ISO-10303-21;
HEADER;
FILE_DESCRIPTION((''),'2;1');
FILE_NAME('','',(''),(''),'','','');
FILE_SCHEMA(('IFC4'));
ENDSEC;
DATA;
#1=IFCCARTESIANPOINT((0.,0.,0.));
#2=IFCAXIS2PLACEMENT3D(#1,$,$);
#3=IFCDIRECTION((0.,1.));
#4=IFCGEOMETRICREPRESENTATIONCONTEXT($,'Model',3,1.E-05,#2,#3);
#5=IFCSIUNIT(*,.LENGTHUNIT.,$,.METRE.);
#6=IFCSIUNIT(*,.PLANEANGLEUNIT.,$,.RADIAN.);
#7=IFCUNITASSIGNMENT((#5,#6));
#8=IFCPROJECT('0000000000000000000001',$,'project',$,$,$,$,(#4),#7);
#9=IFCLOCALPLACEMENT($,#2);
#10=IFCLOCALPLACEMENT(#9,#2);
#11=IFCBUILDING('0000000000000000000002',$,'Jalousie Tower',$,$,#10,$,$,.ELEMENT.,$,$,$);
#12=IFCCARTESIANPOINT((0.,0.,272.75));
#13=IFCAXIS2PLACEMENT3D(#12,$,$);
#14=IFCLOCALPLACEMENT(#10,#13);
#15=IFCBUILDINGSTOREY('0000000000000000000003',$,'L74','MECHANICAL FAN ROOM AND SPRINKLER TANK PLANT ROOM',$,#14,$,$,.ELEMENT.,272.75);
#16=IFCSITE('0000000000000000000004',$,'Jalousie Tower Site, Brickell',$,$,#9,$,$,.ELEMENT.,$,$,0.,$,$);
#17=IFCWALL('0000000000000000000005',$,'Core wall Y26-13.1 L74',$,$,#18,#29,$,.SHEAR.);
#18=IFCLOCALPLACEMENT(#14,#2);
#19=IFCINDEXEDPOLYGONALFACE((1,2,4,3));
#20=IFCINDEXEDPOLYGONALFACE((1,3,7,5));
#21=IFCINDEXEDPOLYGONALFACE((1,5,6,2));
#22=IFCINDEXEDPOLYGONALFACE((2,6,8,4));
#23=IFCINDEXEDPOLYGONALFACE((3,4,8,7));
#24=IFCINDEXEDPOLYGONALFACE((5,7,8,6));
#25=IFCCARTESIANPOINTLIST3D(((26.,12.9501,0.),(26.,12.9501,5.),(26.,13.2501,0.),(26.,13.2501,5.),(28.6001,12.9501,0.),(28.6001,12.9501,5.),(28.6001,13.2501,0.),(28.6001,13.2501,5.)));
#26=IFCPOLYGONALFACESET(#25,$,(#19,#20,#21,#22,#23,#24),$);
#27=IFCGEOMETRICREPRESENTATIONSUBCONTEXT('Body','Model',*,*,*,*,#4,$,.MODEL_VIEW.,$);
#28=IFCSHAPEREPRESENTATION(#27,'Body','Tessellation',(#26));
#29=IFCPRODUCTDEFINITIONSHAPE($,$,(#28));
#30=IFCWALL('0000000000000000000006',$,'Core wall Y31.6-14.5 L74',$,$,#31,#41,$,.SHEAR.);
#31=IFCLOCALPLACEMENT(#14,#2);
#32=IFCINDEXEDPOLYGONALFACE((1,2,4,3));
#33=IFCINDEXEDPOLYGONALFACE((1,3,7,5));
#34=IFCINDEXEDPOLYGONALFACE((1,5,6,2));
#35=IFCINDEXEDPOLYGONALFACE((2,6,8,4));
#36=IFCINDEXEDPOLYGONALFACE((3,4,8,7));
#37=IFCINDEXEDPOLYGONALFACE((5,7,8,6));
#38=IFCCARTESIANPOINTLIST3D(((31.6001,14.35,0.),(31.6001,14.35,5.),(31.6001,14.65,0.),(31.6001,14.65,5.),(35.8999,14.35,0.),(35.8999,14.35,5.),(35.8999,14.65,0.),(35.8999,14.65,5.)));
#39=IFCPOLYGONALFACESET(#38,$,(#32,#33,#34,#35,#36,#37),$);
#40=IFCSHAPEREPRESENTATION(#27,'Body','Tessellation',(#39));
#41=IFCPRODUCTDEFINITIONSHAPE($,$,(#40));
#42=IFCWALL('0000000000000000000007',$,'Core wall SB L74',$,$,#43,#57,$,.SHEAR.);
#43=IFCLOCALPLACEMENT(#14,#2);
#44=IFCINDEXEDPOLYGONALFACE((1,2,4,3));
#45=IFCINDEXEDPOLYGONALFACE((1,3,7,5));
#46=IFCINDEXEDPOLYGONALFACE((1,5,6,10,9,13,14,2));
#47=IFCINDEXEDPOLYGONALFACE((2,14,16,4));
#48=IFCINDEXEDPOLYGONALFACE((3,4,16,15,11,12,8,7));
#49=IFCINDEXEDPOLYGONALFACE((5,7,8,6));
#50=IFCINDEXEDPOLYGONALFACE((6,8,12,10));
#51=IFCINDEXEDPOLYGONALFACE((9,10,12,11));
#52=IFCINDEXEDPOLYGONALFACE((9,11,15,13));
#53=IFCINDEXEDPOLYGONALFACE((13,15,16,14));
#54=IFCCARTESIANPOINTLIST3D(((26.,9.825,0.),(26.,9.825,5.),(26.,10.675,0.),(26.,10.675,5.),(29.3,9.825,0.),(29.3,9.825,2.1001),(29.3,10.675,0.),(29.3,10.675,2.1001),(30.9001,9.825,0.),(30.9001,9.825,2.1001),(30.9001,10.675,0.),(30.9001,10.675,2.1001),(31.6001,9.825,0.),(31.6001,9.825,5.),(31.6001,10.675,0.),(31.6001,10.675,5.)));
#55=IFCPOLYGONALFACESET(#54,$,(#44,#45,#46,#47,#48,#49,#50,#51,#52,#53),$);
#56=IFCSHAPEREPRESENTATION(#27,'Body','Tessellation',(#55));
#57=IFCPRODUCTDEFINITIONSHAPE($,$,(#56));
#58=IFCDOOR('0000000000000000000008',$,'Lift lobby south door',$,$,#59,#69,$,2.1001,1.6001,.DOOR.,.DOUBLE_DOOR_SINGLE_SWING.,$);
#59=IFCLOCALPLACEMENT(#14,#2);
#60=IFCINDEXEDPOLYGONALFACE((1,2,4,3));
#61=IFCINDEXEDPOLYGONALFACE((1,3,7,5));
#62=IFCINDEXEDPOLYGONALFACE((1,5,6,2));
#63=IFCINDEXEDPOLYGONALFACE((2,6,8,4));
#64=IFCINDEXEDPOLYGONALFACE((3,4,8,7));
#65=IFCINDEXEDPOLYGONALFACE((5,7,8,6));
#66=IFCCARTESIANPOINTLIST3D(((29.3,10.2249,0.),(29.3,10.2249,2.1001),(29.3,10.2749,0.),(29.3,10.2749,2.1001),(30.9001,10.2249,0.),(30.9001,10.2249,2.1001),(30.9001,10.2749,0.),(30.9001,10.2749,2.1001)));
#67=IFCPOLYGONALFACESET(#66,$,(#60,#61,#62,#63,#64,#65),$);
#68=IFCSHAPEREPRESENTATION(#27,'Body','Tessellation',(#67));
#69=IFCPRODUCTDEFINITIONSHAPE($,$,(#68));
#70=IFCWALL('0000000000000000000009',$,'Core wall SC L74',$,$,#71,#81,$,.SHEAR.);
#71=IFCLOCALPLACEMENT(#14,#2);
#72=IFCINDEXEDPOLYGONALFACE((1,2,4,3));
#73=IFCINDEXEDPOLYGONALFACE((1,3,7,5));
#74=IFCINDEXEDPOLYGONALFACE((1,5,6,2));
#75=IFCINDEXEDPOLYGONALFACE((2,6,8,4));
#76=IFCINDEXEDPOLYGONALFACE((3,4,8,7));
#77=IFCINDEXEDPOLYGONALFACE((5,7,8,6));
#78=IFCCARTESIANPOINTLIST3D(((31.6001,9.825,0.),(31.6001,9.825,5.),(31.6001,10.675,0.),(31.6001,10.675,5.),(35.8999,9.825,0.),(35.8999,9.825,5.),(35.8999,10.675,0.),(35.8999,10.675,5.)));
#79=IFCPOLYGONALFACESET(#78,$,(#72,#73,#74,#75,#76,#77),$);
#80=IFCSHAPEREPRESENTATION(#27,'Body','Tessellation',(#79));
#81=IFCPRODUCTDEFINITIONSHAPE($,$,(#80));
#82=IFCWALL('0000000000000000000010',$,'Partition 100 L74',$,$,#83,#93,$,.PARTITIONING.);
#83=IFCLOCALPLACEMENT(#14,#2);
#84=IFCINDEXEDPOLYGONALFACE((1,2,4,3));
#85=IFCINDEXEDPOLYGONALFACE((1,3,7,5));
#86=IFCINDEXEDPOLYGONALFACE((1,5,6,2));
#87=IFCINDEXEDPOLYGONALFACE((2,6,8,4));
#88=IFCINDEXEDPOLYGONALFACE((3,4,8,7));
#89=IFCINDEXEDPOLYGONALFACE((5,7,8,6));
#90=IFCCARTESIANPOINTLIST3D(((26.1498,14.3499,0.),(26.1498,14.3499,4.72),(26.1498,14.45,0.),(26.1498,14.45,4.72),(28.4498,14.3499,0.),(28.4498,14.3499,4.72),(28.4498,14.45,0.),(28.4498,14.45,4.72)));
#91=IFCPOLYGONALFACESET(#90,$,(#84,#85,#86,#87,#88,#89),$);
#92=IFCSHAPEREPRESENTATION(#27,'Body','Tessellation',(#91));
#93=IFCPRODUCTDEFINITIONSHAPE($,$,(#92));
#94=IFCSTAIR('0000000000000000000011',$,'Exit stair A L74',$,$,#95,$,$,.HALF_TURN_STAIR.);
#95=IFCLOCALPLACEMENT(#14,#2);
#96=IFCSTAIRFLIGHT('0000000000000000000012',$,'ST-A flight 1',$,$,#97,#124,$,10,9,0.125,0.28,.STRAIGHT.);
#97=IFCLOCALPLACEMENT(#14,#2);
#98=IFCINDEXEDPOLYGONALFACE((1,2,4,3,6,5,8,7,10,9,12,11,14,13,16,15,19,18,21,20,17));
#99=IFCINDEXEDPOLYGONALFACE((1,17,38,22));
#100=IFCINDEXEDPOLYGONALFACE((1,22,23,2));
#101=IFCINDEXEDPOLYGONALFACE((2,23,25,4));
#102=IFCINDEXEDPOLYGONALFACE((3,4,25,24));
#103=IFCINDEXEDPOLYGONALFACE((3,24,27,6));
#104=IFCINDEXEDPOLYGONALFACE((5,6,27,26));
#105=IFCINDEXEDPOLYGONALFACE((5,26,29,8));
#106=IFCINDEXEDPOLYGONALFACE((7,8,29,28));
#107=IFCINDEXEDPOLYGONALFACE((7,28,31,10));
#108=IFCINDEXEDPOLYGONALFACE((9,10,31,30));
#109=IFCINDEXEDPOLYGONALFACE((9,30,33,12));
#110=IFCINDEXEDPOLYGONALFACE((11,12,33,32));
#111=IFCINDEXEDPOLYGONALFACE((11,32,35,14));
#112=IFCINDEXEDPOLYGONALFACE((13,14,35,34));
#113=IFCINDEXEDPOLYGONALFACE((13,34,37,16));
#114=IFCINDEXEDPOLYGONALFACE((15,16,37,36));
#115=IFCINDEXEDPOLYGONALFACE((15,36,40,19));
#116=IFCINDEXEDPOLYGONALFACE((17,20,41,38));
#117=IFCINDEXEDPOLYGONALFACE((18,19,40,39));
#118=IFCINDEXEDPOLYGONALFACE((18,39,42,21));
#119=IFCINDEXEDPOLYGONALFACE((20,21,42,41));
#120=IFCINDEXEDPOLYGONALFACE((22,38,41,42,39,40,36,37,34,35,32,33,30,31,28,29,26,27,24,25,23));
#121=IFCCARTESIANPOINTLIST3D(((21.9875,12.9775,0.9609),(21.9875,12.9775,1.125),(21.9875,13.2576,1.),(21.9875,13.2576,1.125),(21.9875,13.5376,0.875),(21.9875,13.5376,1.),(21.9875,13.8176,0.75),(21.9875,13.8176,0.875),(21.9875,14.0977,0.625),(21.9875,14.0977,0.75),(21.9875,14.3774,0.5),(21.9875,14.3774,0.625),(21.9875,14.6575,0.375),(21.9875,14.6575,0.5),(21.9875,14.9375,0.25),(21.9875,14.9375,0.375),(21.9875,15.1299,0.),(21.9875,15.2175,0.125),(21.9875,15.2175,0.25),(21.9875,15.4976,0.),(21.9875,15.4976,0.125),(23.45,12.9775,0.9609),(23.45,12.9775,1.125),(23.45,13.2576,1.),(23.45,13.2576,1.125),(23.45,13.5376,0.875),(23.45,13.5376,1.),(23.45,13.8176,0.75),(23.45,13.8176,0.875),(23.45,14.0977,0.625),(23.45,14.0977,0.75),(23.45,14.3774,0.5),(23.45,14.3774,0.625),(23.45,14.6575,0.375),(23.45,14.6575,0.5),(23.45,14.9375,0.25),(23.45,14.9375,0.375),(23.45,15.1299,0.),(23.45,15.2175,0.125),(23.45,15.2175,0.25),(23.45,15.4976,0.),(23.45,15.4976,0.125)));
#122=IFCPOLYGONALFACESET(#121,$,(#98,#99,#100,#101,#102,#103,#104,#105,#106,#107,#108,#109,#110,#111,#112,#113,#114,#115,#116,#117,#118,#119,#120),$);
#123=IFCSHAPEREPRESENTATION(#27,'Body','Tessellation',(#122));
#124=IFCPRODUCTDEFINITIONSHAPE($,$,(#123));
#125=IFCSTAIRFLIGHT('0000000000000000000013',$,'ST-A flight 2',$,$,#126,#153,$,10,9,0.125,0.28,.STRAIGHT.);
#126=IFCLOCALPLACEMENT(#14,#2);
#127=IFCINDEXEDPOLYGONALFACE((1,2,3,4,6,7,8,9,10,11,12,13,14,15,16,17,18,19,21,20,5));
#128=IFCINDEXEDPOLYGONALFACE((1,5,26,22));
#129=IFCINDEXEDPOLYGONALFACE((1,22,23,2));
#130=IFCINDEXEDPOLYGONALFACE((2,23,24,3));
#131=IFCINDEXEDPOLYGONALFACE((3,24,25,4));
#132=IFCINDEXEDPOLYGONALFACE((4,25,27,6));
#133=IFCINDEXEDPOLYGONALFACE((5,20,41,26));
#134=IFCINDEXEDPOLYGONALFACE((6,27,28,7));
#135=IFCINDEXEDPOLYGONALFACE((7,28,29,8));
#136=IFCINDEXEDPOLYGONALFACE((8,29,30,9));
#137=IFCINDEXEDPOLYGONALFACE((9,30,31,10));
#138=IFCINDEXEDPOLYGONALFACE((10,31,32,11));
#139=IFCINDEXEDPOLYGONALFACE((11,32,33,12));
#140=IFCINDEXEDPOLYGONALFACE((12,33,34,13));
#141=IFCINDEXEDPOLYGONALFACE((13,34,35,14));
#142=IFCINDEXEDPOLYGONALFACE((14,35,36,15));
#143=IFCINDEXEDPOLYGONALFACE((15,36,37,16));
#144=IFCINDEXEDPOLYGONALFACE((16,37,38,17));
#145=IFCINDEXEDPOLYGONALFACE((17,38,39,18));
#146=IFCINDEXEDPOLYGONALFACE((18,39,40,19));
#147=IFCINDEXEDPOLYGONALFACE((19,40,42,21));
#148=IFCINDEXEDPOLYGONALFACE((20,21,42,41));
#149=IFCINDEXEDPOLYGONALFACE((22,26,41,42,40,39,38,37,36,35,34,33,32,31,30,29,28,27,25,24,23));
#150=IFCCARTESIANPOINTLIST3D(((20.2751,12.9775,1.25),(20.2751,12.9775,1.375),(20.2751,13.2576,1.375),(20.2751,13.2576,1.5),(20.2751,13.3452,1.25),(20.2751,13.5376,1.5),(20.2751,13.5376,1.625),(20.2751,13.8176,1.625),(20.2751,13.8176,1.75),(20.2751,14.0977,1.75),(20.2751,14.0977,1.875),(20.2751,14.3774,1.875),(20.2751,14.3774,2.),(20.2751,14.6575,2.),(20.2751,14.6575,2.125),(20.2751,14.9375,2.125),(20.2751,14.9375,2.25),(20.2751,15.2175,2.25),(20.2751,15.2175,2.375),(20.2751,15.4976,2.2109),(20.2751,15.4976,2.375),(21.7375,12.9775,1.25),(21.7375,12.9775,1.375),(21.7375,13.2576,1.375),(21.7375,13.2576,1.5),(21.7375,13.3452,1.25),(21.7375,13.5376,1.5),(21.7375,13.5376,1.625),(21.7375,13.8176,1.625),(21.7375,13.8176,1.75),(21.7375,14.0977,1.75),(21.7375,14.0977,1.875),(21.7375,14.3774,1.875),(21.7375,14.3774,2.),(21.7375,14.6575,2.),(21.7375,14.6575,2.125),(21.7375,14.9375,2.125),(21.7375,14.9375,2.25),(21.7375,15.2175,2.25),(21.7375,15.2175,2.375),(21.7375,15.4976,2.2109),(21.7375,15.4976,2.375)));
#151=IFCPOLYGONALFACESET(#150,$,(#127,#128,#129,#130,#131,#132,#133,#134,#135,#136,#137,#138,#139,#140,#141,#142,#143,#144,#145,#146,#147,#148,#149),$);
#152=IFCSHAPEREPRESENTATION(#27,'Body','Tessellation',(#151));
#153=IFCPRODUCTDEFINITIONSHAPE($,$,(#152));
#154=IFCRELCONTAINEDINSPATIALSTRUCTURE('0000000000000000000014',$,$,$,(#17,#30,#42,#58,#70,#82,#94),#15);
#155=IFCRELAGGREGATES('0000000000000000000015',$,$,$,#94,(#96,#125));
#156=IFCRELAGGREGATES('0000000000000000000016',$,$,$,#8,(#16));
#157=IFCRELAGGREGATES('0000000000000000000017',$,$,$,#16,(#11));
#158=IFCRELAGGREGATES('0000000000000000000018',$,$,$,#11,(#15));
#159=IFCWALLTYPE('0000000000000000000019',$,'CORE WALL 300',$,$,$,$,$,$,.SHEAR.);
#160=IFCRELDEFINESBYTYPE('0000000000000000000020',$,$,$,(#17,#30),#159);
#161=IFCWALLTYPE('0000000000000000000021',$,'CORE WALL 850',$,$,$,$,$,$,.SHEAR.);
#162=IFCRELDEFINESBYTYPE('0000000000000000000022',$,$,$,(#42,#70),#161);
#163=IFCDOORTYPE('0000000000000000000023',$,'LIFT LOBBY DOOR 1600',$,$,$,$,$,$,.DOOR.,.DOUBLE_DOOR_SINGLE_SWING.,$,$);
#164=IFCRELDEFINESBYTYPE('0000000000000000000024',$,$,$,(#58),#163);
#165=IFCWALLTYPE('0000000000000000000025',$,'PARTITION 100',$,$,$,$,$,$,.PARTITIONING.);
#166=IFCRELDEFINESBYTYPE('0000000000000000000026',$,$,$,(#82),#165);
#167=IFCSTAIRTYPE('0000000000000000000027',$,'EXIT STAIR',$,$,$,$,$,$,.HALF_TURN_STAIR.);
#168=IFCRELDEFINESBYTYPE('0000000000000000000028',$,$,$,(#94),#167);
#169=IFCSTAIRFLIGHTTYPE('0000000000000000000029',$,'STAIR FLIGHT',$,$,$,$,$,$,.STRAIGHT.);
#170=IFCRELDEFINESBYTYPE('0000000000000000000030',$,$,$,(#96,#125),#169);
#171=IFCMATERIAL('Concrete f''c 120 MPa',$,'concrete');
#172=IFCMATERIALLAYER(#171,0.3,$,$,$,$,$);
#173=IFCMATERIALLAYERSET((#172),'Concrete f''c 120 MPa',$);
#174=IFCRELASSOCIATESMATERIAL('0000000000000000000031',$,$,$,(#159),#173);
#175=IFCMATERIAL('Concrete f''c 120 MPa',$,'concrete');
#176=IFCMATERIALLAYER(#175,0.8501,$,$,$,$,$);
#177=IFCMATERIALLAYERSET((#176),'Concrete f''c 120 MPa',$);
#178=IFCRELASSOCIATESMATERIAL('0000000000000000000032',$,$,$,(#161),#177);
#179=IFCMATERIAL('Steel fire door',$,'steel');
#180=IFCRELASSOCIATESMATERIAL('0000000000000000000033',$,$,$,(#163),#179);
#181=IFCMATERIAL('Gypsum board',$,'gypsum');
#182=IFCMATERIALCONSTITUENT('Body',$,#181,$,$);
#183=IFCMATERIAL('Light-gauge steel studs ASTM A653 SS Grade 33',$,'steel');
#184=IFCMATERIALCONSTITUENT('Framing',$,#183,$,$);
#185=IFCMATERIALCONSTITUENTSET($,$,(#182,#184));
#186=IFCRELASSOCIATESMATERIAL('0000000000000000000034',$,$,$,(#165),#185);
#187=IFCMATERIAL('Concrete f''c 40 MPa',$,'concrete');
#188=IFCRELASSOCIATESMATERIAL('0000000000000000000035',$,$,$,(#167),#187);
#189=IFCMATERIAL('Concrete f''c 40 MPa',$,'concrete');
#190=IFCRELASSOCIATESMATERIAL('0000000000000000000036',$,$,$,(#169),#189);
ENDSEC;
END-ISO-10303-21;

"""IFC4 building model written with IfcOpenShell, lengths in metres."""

from ifc_helpers import new_model, si_unit, direction, frame, frame_2d, origin, place, context, subcontext, project, spatial, polyline, rectangle, outline, extrude, material, layer, layer_set, constituent, constituent_set, type_object, element, fill, aggregate, save


model = new_model("IFC4")

# Units and contexts
model_context = context("Model", 3, precision=1e-05, world=origin(), true_north=direction((0.0, 1.0)))
body_context = subcontext(model_context, "Body", "Model", "MODEL_VIEW")
ifc_project = project(units=[si_unit("LENGTHUNIT", "METRE"), si_unit("PLANEANGLEUNIT", "RADIAN")], contexts=[model_context])

# Site, building, storey
site_placement = place(None, origin())
site = spatial("IfcSite", under=ifc_project, at=site_placement, Name="Jalousie Tower Site, Brickell", CompositionType="ELEMENT", RefElevation=0.0)
building_placement = place(site_placement, origin())
building = spatial("IfcBuilding", under=site, at=building_placement, Name="Jalousie Tower", CompositionType="ELEMENT")
storey_placement = place(building_placement, frame((0.0, 0.0, 272.75)))
storey = spatial("IfcBuildingStorey", under=building, at=storey_placement, Name="L74", Description="MECHANICAL FAN ROOM AND SPRINKLER TANK PLANT ROOM", CompositionType="ELEMENT", Elevation=272.75)

# Shared definitions
ifc_material_1 = material(Name="Concrete f'c 120 MPa", Category="concrete")
ifc_layer_1 = layer(ifc_material_1, 0.3)
ifc_layer_set_1 = layer_set([ifc_layer_1], Name="Concrete f'c 120 MPa")
wall_type_1 = type_object("IfcWallType", Name="CORE WALL 300", PredefinedType="SHEAR", material=ifc_layer_set_1)

# Walls
wall_1_placement = place(storey_placement, frame((26.0, 13.1001, 0.0), z_axis=(0.0, 0.0, 1.0), x_axis=(1.0, 0.0, 0.0)))
element("IfcWall", 1, at=wall_1_placement, inside=storey, type_object=wall_type_1, Name="Core wall Y26-13.1 L74", PredefinedType="SHEAR", context=body_context, shape_type="SweptSolid", body=[
    extrude(rectangle(XDim=2.6001, YDim=0.3, at=frame_2d((1.3, 0.0))), origin(), (0.0, 0.0, 1.0), 5.0),
])
wall_2_placement = place(storey_placement, frame((31.6001, 14.5, 0.0), z_axis=(0.0, 0.0, 1.0), x_axis=(1.0, 0.0, 0.0)))
element("IfcWall", 2, at=wall_2_placement, inside=storey, type_object=wall_type_1, Name="Core wall Y31.6-14.5 L74", PredefinedType="SHEAR", context=body_context, shape_type="SweptSolid", body=[
    extrude(rectangle(XDim=4.2998, YDim=0.3, at=frame_2d((2.1499, 0.0))), origin(), (0.0, 0.0, 1.0), 5.0),
])

# Wall, opening, door
ifc_material_2 = material(Name="Concrete f'c 120 MPa", Category="concrete")
ifc_layer_2 = layer(ifc_material_2, 0.8501)
ifc_layer_set_2 = layer_set([ifc_layer_2], Name="Concrete f'c 120 MPa")
wall_type_2 = type_object("IfcWallType", Name="CORE WALL 850", PredefinedType="SHEAR", material=ifc_layer_set_2)
wall_3_placement = place(storey_placement, frame((26.0, 10.25, 0.0), z_axis=(0.0, 0.0, 1.0), x_axis=(1.0, 0.0, 0.0)))
wall_3 = element("IfcWall", 3, at=wall_3_placement, inside=storey, type_object=wall_type_2, Name="Core wall SB L74", PredefinedType="SHEAR", context=body_context, shape_type="SweptSolid", body=[
    extrude(rectangle(XDim=5.6001, YDim=0.8501, at=frame_2d((2.8, 0.0))), origin(), (0.0, 0.0, 1.0), 5.0),
])
opening_1_placement = place(wall_3_placement, frame((3.3, 0.0, 0.0)))
opening_1 = element("IfcOpeningElement", 4, at=opening_1_placement, cuts=wall_3, PredefinedType="OPENING", context=body_context, shape_type="SweptSolid", body=[
    extrude(rectangle(XDim=1.6001, YDim=2.1001, at=frame_2d((0.8, 1.05))), frame((0.0, 0.4351, 0.0), z_axis=(0.0, -1.0, 0.0), x_axis=(1.0, 0.0, 0.0)), (0.0, 0.0, 1.0), 0.8701),
])
ifc_material_3 = material(Name="Steel fire door", Category="steel")
door_type_1 = type_object("IfcDoorType", Name="LIFT LOBBY DOOR 1600", OperationType="DOUBLE_DOOR_SINGLE_SWING", PredefinedType="DOOR", material=ifc_material_3)
door_1_placement = place(opening_1_placement, origin())
door_1 = element("IfcDoor", 5, at=door_1_placement, inside=storey, type_object=door_type_1, Name="Lift lobby south door", OperationType="DOUBLE_DOOR_SINGLE_SWING", OverallHeight=2.1001, OverallWidth=1.6001, PredefinedType="DOOR", context=body_context, shape_type="SweptSolid", body=[
    extrude(rectangle(XDim=1.6001, YDim=2.1001, at=frame_2d((0.8, 1.05))), frame((0.0, 0.0249, 0.0), z_axis=(0.0, -1.0, 0.0), x_axis=(1.0, 0.0, 0.0)), (0.0, 0.0, 1.0), 0.05),
])
fill(opening_1, door_1)

# Walls
wall_4_placement = place(storey_placement, frame((31.6001, 10.25, 0.0), z_axis=(0.0, 0.0, 1.0), x_axis=(1.0, 0.0, 0.0)))
element("IfcWall", 6, at=wall_4_placement, inside=storey, type_object=wall_type_2, Name="Core wall SC L74", PredefinedType="SHEAR", context=body_context, shape_type="SweptSolid", body=[
    extrude(rectangle(XDim=4.2998, YDim=0.8501, at=frame_2d((2.1499, 0.0))), origin(), (0.0, 0.0, 1.0), 5.0),
])
ifc_material_4 = material(Name="Gypsum board", Category="gypsum")
ifc_constituent_1 = constituent(ifc_material_4, Name="Body")
ifc_material_5 = material(Name="Light-gauge steel studs ASTM A653 SS Grade 33", Category="steel")
ifc_constituent_2 = constituent(ifc_material_5, Name="Framing")
ifc_constituent_set_1 = constituent_set(constituents=[ifc_constituent_1, ifc_constituent_2])
wall_type_3 = type_object("IfcWallType", Name="PARTITION 100", PredefinedType="PARTITIONING", material=ifc_constituent_set_1)
wall_5_placement = place(storey_placement, frame((26.1499, 14.3999, 0.0), z_axis=(0.0, 0.0, 1.0), x_axis=(1.0, 0.0, 0.0)))
element("IfcWall", 7, at=wall_5_placement, inside=storey, type_object=wall_type_3, Name="Partition 100 L74", PredefinedType="PARTITIONING", context=body_context, shape_type="SweptSolid", body=[
    extrude(rectangle(XDim=2.3, YDim=0.1001, at=frame_2d((1.1499, 0.0))), origin(), (0.0, 0.0, 1.0), 4.72),
])

# Stair, stair flights
ifc_material_6 = material(Name="Concrete f'c 40 MPa", Category="concrete")
stair_type = type_object("IfcStairType", Name="EXIT STAIR", PredefinedType="HALF_TURN_STAIR", material=ifc_material_6)
stair_placement = place(storey_placement, origin())
stair = element("IfcStair", 8, at=stair_placement, inside=storey, type_object=stair_type, Name="Exit stair A L74", PredefinedType="HALF_TURN_STAIR")
ifc_material_7 = material(Name="Concrete f'c 40 MPa", Category="concrete")
stair_flight_type = type_object("IfcStairFlightType", Name="STAIR FLIGHT", PredefinedType="STRAIGHT", material=ifc_material_7)
stair_flight_1_placement = place(storey_placement, frame((22.7188, 15.4976, 0.0), z_axis=(0.0, 0.0, 1.0), x_axis=(0.0, -1.0, 0.0)))
stair_flight_1 = element("IfcStairFlight", 9, at=stair_flight_1_placement, type_object=stair_flight_type, Name="ST-A flight 1", NumberOfRisers=10, NumberOfTreads=9, PredefinedType="STRAIGHT", RiserHeight=0.125, TreadLength=0.28, context=body_context, shape_type="SweptSolid", body=[
    extrude(outline(polyline([(0.0, 0.0), (0.0, 0.125), (0.28, 0.125), (0.28, 0.25), (0.5601, 0.25), (0.5601, 0.375), (0.8401, 0.375), (0.8401, 0.5), (1.1201, 0.5), (1.1201, 0.625), (1.3999, 0.625), (1.3999, 0.75), (1.6799, 0.75), (1.6799, 0.875), (1.96, 0.875), (1.96, 1.0), (2.24, 1.0), (2.24, 1.125), (2.52, 1.125), (2.52, 1.25), (2.52, 0.9609), (0.3677, 0.0), (0.0, 0.0)])), frame((0.0, 0.7312, 0.0), z_axis=(0.0, -1.0, 0.0), x_axis=(1.0, 0.0, 0.0)), (0.0, 0.0, 1.0), 1.4624),
])
stair_flight_2_placement = place(storey_placement, frame((21.0063, 12.9775, 1.25), z_axis=(0.0, 0.0, 1.0), x_axis=(0.0, 1.0, 0.0)))
stair_flight_2 = element("IfcStairFlight", 10, at=stair_flight_2_placement, type_object=stair_flight_type, Name="ST-A flight 2", NumberOfRisers=10, NumberOfTreads=9, PredefinedType="STRAIGHT", RiserHeight=0.125, TreadLength=0.28, context=body_context, shape_type="SweptSolid", body=[
    extrude(outline(polyline([(0.0, 0.0), (0.0, 0.125), (0.28, 0.125), (0.28, 0.25), (0.5601, 0.25), (0.5601, 0.375), (0.8401, 0.375), (0.8401, 0.5), (1.1201, 0.5), (1.1201, 0.625), (1.3999, 0.625), (1.3999, 0.75), (1.6799, 0.75), (1.6799, 0.875), (1.96, 0.875), (1.96, 1.0), (2.24, 1.0), (2.24, 1.125), (2.52, 1.125), (2.52, 1.25), (2.52, 0.9609), (0.3677, 0.0), (0.0, 0.0)])), frame((0.0, 0.7312, 0.0), z_axis=(0.0, -1.0, 0.0), x_axis=(1.0, 0.0, 0.0)), (0.0, 0.0, 1.0), 1.4624),
])
aggregate(stair, [stair_flight_1, stair_flight_2])

save(model, "model.ifc")
